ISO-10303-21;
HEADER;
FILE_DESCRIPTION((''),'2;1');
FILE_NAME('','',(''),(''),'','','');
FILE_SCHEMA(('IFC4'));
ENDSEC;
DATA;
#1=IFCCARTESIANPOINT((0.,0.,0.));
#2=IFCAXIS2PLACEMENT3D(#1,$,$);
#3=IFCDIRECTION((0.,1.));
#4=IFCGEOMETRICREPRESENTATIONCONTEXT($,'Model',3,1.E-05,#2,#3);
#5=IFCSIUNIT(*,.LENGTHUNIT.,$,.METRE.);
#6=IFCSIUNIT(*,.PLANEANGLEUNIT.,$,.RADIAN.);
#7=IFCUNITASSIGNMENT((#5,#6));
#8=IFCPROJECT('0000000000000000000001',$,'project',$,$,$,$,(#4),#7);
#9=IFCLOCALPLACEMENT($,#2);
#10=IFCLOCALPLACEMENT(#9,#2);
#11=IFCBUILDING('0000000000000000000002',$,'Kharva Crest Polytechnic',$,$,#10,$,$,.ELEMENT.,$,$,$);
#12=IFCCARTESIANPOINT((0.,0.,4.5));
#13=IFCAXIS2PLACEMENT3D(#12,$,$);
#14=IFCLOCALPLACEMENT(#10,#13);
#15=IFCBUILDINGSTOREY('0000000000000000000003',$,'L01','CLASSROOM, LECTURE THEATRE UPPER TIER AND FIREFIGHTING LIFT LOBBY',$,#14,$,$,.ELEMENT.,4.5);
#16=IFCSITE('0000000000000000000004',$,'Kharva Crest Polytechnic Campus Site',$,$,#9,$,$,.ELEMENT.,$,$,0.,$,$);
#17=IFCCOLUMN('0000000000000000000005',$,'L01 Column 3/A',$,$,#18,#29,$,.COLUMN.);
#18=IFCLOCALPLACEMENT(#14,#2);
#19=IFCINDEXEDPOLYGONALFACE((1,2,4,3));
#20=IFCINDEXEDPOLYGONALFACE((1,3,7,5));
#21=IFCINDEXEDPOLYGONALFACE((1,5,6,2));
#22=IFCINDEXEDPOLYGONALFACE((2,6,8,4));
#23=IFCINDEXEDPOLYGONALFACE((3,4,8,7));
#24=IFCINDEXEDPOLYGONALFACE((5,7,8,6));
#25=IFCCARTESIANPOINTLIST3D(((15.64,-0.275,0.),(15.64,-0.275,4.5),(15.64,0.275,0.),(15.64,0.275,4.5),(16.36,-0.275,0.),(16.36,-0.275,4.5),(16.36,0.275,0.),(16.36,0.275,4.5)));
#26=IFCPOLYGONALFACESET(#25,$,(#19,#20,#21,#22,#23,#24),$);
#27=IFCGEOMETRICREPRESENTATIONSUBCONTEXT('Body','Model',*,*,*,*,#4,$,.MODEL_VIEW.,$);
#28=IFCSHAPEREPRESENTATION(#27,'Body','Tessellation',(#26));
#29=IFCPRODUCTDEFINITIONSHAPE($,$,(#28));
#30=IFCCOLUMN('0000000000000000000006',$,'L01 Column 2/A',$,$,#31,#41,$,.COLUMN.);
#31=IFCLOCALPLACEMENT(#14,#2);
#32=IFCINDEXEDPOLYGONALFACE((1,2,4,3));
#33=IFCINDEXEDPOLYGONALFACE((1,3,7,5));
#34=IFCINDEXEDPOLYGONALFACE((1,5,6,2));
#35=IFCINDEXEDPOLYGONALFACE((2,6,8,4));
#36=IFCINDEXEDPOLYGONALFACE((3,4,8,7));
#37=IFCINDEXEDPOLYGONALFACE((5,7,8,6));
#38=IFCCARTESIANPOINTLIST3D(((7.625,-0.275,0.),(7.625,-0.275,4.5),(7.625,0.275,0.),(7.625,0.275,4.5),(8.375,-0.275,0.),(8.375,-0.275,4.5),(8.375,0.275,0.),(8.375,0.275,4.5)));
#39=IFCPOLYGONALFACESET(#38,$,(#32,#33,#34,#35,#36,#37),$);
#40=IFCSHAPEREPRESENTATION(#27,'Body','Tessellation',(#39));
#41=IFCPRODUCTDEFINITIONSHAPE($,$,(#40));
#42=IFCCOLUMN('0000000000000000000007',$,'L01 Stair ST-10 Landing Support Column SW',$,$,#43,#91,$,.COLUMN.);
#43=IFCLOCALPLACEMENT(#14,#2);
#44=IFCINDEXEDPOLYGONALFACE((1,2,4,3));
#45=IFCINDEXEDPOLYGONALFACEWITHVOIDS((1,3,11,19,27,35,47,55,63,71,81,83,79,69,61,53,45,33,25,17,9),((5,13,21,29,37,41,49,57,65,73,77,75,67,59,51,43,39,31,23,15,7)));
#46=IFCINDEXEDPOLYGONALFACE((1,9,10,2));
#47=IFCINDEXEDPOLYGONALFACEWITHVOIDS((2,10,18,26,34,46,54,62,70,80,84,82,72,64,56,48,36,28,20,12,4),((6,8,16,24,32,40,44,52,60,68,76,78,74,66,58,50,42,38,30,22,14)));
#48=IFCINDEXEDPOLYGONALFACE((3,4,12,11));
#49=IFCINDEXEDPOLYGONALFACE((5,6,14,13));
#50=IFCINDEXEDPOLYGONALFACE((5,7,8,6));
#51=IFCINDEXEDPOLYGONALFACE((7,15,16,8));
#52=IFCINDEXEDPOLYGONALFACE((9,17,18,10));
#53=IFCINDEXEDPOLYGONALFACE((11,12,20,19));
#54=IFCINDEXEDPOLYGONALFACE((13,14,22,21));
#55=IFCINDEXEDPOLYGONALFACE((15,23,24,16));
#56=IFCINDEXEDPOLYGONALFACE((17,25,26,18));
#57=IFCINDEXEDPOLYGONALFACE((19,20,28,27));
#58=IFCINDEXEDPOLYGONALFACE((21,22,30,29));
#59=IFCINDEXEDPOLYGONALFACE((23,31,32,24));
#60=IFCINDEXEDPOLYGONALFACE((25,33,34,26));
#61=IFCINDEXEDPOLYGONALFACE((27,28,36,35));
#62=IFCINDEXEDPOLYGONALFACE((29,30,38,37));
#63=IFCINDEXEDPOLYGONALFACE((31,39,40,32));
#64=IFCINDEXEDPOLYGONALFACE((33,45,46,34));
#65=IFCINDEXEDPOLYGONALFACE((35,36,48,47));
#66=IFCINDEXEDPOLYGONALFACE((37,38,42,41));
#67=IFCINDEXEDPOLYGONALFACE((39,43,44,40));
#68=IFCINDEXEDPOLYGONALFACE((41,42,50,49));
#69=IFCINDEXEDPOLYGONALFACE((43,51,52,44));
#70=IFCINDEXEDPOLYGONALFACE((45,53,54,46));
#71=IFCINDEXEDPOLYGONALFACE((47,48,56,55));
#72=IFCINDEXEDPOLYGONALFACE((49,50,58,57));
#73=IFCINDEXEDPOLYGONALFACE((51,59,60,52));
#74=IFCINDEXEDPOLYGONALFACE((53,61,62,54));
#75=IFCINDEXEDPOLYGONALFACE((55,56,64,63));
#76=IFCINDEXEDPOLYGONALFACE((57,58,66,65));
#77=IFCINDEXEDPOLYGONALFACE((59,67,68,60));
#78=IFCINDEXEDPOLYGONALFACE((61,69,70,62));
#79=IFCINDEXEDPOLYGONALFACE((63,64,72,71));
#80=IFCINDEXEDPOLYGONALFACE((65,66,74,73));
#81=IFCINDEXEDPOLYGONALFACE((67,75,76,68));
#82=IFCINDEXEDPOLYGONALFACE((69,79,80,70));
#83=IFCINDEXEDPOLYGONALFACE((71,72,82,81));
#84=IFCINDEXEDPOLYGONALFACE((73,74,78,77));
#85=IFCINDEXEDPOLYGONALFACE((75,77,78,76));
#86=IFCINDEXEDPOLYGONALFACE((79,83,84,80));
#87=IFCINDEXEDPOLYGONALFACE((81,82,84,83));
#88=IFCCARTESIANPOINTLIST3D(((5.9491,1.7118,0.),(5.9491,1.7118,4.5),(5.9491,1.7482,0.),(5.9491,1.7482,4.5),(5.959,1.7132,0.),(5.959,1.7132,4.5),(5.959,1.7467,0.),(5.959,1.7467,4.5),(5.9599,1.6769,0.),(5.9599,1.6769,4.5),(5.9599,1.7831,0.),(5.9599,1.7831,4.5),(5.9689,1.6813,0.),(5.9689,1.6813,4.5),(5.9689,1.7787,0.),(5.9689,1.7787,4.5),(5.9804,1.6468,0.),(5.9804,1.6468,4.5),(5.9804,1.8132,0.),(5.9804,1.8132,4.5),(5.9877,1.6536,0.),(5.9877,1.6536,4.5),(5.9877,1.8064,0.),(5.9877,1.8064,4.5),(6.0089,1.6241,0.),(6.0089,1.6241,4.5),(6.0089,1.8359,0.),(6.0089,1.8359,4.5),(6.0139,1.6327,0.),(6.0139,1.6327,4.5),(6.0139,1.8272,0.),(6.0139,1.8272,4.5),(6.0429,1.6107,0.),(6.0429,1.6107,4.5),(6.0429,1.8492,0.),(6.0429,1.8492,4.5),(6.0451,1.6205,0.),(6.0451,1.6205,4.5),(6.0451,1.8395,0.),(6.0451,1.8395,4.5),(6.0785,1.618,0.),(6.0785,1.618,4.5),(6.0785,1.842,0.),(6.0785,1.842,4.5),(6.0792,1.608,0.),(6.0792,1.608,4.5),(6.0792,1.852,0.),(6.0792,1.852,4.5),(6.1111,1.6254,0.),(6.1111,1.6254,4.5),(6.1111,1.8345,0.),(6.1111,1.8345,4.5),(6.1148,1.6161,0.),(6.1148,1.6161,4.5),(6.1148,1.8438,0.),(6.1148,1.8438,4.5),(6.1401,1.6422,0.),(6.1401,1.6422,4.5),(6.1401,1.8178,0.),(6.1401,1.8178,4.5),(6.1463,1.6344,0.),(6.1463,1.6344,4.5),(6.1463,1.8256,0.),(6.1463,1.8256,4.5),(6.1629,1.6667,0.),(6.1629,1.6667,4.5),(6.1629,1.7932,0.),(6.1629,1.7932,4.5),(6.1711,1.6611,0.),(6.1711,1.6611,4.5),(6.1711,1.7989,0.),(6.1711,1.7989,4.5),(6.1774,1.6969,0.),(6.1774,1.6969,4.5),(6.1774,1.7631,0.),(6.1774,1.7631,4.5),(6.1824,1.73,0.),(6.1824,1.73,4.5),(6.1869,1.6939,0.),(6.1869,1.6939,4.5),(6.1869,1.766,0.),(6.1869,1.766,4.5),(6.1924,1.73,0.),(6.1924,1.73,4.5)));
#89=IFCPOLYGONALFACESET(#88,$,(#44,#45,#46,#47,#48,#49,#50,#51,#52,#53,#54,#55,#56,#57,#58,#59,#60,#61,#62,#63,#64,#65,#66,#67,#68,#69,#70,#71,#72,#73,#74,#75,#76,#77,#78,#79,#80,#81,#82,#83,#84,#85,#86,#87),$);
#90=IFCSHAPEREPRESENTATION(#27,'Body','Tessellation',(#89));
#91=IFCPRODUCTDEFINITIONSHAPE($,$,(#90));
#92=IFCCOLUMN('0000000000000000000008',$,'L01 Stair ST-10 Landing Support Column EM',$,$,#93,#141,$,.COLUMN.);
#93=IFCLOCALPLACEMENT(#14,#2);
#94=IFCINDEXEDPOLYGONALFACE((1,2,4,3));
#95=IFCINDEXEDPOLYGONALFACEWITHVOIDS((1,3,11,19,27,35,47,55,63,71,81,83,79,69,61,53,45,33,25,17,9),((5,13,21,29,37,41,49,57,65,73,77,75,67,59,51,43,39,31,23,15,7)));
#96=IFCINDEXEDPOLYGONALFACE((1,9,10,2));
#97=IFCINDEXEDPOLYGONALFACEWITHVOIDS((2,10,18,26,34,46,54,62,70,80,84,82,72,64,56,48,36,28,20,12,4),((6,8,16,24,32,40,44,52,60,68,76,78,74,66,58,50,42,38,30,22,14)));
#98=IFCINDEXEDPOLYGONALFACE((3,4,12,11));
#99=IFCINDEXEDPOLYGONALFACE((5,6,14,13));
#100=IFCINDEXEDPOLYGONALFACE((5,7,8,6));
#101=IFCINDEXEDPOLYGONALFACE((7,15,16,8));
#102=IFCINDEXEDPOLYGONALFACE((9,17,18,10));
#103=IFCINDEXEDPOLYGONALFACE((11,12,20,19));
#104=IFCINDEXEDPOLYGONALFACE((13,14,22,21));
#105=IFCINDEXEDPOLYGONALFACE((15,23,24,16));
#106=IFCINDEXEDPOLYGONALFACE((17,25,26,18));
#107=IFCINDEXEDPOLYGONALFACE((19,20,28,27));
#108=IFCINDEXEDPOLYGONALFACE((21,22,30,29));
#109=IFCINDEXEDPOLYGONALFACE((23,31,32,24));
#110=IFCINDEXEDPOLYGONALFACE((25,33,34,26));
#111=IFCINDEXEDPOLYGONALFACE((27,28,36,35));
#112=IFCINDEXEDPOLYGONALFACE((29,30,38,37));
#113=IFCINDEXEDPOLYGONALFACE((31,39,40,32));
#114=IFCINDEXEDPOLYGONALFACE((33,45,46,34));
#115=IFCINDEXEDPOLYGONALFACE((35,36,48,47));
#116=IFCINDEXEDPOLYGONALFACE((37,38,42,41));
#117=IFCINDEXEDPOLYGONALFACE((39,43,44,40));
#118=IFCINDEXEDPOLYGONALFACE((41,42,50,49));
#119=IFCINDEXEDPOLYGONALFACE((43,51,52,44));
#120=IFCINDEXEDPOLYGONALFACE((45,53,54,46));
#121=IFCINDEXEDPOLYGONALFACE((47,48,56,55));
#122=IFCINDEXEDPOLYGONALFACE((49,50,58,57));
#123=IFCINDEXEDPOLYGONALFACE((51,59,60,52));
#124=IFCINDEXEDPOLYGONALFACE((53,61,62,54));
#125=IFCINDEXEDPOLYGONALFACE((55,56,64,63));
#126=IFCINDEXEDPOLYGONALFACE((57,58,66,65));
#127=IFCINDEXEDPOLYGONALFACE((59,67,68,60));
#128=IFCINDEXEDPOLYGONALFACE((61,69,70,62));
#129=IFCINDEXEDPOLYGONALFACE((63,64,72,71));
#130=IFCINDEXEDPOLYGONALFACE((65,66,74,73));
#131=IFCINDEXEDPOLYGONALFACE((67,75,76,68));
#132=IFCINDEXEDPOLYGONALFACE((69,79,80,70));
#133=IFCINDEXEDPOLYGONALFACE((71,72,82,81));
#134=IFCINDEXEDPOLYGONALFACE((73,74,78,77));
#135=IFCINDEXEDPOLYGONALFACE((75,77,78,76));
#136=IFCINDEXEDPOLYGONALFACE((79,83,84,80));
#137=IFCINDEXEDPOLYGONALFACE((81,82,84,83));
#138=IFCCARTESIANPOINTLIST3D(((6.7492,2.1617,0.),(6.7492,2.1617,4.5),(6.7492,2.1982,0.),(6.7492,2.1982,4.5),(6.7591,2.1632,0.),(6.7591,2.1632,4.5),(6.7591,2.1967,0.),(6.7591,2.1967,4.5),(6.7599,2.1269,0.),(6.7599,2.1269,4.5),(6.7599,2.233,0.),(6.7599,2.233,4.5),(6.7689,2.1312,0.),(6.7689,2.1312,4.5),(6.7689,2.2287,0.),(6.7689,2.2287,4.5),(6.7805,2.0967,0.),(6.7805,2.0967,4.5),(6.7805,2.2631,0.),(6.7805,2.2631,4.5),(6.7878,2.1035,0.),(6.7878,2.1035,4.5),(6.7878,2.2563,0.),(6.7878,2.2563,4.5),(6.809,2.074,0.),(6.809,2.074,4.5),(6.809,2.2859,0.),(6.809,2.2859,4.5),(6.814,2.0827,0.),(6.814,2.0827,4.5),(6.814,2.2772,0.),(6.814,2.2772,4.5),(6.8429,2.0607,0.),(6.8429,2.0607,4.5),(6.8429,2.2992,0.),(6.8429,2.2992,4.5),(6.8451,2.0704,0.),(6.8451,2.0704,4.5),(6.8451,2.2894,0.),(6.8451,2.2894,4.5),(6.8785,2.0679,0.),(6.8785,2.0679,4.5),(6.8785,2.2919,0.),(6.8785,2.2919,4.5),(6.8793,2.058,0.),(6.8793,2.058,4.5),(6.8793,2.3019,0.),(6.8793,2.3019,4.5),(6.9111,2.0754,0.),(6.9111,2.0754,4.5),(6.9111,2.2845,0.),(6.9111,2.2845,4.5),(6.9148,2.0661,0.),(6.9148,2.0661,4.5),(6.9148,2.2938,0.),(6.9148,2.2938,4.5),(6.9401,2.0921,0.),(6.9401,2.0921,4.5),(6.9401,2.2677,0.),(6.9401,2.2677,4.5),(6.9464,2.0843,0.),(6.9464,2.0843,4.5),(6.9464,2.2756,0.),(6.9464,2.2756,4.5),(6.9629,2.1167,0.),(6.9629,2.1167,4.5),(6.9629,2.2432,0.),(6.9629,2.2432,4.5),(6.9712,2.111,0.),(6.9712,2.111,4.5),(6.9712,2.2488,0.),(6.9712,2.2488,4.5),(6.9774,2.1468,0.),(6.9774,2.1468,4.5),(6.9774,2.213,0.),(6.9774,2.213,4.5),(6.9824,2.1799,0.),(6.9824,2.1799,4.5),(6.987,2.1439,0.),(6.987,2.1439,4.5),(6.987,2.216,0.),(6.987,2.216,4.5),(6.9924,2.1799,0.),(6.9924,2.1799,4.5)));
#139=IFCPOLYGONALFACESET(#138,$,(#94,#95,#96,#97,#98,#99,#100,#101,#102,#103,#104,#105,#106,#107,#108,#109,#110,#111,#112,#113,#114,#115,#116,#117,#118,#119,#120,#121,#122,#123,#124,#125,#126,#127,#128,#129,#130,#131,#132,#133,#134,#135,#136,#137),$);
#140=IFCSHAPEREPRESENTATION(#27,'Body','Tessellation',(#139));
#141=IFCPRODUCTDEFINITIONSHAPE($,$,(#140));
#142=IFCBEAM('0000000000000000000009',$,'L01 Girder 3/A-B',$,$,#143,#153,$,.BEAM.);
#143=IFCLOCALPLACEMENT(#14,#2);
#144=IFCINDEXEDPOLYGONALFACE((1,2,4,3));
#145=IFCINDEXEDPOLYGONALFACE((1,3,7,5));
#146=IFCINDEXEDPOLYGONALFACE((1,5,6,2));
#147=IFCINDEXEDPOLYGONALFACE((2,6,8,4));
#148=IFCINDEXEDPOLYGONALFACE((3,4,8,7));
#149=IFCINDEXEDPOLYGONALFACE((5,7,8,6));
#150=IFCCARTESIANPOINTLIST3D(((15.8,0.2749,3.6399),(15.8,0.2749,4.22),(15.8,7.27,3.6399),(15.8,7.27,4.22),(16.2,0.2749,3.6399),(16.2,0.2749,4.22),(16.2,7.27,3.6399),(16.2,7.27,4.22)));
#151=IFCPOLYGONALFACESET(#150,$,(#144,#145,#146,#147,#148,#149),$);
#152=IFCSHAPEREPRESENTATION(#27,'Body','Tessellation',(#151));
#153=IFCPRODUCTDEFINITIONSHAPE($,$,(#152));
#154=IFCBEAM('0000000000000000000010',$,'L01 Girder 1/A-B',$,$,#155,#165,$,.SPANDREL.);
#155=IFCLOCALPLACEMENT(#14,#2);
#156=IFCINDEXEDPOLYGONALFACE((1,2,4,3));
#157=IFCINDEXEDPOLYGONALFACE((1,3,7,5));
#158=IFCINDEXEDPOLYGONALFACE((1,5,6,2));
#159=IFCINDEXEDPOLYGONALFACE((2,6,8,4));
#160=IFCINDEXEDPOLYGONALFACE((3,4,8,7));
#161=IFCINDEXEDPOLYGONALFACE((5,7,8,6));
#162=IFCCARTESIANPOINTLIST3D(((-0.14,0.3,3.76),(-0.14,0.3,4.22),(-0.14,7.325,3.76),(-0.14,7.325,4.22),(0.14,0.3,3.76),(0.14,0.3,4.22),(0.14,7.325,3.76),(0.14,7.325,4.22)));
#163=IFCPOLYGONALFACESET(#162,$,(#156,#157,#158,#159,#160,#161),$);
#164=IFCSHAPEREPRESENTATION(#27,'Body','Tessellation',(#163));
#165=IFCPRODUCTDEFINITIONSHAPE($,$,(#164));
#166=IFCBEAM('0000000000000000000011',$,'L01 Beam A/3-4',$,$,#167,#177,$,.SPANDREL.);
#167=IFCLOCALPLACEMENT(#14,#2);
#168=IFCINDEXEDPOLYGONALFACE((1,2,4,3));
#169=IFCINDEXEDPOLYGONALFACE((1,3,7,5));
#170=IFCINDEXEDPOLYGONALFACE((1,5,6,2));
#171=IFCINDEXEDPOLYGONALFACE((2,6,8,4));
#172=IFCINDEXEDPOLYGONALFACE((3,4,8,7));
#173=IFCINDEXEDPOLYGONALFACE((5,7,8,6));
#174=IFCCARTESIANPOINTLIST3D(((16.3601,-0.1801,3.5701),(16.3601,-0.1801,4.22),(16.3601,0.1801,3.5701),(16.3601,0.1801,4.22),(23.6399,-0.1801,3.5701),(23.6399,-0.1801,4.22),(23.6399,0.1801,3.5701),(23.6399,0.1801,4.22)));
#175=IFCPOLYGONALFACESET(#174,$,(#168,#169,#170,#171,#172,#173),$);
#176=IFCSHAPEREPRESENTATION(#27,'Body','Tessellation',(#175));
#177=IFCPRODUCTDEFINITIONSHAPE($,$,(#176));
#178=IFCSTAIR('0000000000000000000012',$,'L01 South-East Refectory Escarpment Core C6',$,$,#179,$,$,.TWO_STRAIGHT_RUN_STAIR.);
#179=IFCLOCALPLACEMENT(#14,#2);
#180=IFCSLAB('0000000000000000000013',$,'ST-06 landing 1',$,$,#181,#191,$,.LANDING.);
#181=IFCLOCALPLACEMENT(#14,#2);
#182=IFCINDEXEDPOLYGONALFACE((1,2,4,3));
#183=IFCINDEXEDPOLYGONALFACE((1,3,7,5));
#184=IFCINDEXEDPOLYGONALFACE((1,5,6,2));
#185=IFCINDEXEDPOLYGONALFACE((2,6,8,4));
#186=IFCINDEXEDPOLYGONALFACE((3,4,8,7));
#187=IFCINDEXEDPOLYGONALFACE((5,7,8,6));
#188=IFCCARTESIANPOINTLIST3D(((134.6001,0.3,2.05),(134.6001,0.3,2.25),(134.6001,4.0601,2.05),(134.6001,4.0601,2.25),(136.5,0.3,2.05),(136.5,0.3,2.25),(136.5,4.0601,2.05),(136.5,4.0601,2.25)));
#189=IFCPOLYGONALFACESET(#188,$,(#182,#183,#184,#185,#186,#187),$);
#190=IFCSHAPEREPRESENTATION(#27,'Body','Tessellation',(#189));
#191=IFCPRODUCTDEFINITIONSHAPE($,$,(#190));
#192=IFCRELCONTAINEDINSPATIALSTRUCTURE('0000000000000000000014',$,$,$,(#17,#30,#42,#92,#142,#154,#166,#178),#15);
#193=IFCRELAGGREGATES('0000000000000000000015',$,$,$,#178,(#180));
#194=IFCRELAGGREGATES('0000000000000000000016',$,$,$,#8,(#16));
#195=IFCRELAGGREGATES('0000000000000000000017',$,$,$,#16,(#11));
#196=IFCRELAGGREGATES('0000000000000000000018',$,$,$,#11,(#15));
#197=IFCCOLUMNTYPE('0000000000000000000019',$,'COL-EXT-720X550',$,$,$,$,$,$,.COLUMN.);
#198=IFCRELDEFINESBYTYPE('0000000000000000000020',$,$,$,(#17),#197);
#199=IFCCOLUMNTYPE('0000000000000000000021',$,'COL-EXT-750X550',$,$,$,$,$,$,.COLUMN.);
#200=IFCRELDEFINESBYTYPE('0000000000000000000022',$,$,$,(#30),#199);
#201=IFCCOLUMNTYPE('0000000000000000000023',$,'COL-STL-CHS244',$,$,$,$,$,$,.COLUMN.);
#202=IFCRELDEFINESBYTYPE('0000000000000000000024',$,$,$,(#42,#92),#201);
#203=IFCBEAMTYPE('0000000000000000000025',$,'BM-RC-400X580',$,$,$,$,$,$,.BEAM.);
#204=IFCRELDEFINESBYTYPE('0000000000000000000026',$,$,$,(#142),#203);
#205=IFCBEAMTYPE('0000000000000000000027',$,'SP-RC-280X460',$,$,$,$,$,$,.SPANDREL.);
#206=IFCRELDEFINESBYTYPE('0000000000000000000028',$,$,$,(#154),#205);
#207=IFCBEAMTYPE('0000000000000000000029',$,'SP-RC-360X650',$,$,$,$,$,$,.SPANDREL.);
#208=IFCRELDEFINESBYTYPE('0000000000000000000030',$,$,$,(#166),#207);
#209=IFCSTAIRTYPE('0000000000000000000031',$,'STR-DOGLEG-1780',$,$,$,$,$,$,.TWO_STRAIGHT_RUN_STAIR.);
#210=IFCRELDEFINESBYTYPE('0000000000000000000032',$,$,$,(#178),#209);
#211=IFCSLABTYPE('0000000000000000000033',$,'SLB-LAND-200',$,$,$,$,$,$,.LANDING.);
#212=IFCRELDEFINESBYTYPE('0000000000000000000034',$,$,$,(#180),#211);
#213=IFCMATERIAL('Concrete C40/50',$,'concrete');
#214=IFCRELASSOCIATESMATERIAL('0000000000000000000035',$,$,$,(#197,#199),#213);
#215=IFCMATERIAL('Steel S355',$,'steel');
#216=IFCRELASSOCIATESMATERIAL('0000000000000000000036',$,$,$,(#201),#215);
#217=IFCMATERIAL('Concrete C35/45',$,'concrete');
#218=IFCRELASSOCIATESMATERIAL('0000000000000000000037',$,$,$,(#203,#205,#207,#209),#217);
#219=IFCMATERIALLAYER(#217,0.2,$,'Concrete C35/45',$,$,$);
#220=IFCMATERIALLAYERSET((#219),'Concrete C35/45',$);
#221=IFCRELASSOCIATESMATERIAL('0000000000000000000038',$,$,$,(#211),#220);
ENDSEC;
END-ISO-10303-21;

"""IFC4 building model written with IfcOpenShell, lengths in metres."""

from ifc_helpers import new_model, si_unit, direction, frame, origin, origin_2d, place, context, subcontext, project, spatial, polyline, rectangle, hollow_circle, outline, extrude, material, layer, layer_set, material_profile, profile_set, type_object, element, aggregate, save


model = new_model("IFC4")

# Units and contexts
model_context = context("Model", 3, precision=1e-05, world=origin(), true_north=direction((0.0, 1.0)))
body_context = subcontext(model_context, "Body", "Model", "MODEL_VIEW")
ifc_project = project(units=[si_unit("LENGTHUNIT", "METRE"), si_unit("PLANEANGLEUNIT", "RADIAN")], contexts=[model_context])

# Site, building, storey
site_placement = place(None, origin())
site = spatial("IfcSite", under=ifc_project, at=site_placement, Name="Kharva Crest Polytechnic Campus Site", CompositionType="ELEMENT", RefElevation=0.0)
building_placement = place(site_placement, origin())
building = spatial("IfcBuilding", under=site, at=building_placement, Name="Kharva Crest Polytechnic", CompositionType="ELEMENT")
storey_placement = place(building_placement, frame((0.0, 0.0, 4.5)))
storey = spatial("IfcBuildingStorey", under=building, at=storey_placement, Name="L01", Description="CLASSROOM, LECTURE THEATRE UPPER TIER AND FIREFIGHTING LIFT LOBBY", CompositionType="ELEMENT", Elevation=4.5)

# Columns
ifc_material_1 = material(Name="Concrete C40/50", Category="concrete")
ifc_material_profile_1 = material_profile(ifc_material_1, rectangle(XDim=0.72, YDim=0.55, at=origin_2d()), Name="RECT 720 X 550")
ifc_profile_set_1 = profile_set([ifc_material_profile_1], Name="Concrete C40/50")
column_type_1 = type_object("IfcColumnType", Name="COL-EXT-720X550", PredefinedType="COLUMN", material=ifc_profile_set_1)
column_1_placement = place(storey_placement, frame((16.0, 0.0, 0.0), z_axis=(0.0, 0.0, 1.0), x_axis=(1.0, 0.0, 0.0)))
element("IfcColumn", 1, at=column_1_placement, inside=storey, type_object=column_type_1, Name="L01 Column 3/A", PredefinedType="COLUMN", context=body_context, shape_type="SweptSolid", body=[
    extrude(rectangle(XDim=0.72, YDim=0.55, at=origin_2d()), origin(), (0.0, 0.0, 1.0), 4.5),
])
ifc_material_profile_2 = material_profile(ifc_material_1, rectangle(XDim=0.75, YDim=0.55, at=origin_2d()), Name="RECT 750 X 550")
ifc_profile_set_2 = profile_set([ifc_material_profile_2], Name="Concrete C40/50")
column_type_2 = type_object("IfcColumnType", Name="COL-EXT-750X550", PredefinedType="COLUMN", material=ifc_profile_set_2)
column_2_placement = place(storey_placement, frame((8.0, 0.0, 0.0), z_axis=(0.0, 0.0, 1.0), x_axis=(1.0, 0.0, 0.0)))
element("IfcColumn", 2, at=column_2_placement, inside=storey, type_object=column_type_2, Name="L01 Column 2/A", PredefinedType="COLUMN", context=body_context, shape_type="SweptSolid", body=[
    extrude(rectangle(XDim=0.75, YDim=0.55, at=origin_2d()), origin(), (0.0, 0.0, 1.0), 4.5),
])
ifc_material_2 = material(Name="Steel S355", Category="steel")
ifc_material_profile_3 = material_profile(ifc_material_2, hollow_circle(Radius=0.1223, WallThickness=0.01, at=origin_2d()), Name="CHS 244.5X10.0")
ifc_profile_set_3 = profile_set([ifc_material_profile_3], Name="Steel S355")
column_type_3 = type_object("IfcColumnType", Name="COL-STL-CHS244", PredefinedType="COLUMN", material=ifc_profile_set_3)
for number, where, z_axis, x_axis, name in (
    (3, (6.0701, 1.73, 0.0), (0.0, 0.0, 1.0), (1.0, 0.0, 0.0), "L01 Stair ST-10 Landing Support Column SW"),
    (4, (6.8701, 2.1799, 0.0), (0.0, 0.0, 1.0), (1.0, 0.0, 0.0), "L01 Stair ST-10 Landing Support Column EM"),
):
    element("IfcColumn", number, at=place(storey_placement, frame(where, z_axis=z_axis, x_axis=x_axis)), inside=storey, type_object=column_type_3, Name=name, PredefinedType="COLUMN", context=body_context, shape_type="SweptSolid", body=[
        extrude(hollow_circle(Radius=0.1223, WallThickness=0.01, at=origin_2d()), origin(), (0.0, 0.0, 1.0), 4.5),
    ])

# Beams
ifc_material_3 = material(Name="Concrete C35/45", Category="concrete")
ifc_material_profile_4 = material_profile(ifc_material_3, rectangle(XDim=0.3999, YDim=0.5801, at=origin_2d()), Name="RECT 400 X 580")
ifc_profile_set_4 = profile_set([ifc_material_profile_4], Name="Concrete C35/45")
beam_type_1 = type_object("IfcBeamType", Name="BM-RC-400X580", PredefinedType="BEAM", material=ifc_profile_set_4)
beam_1_placement = place(storey_placement, frame((16.0, 0.2749, 3.9299), z_axis=(0.0, 1.0, 0.0), x_axis=(-1.0, 0.0, 0.0)))
element("IfcBeam", 5, at=beam_1_placement, inside=storey, type_object=beam_type_1, Name="L01 Girder 3/A-B", PredefinedType="BEAM", context=body_context, shape_type="SweptSolid", body=[
    extrude(rectangle(XDim=0.3999, YDim=0.5801, at=origin_2d()), origin(), (0.0, 0.0, 1.0), 6.9951),
])
ifc_material_profile_5 = material_profile(ifc_material_3, rectangle(XDim=0.28, YDim=0.46, at=origin_2d()), Name="RECT 280 X 460")
ifc_profile_set_5 = profile_set([ifc_material_profile_5], Name="Concrete C35/45")
beam_type_2 = type_object("IfcBeamType", Name="SP-RC-280X460", PredefinedType="SPANDREL", material=ifc_profile_set_5)
beam_2_placement = place(storey_placement, frame((0.0, 0.3, 3.99), z_axis=(0.0, 1.0, 0.0), x_axis=(-1.0, 0.0, 0.0)))
element("IfcBeam", 6, at=beam_2_placement, inside=storey, type_object=beam_type_2, Name="L01 Girder 1/A-B", PredefinedType="SPANDREL", context=body_context, shape_type="SweptSolid", body=[
    extrude(rectangle(XDim=0.28, YDim=0.46, at=origin_2d()), origin(), (0.0, 0.0, 1.0), 7.0249),
])
ifc_material_profile_6 = material_profile(ifc_material_3, rectangle(XDim=0.3601, YDim=0.6499, at=origin_2d()), Name="RECT 360 X 650")
ifc_profile_set_6 = profile_set([ifc_material_profile_6], Name="Concrete C35/45")
beam_type_3 = type_object("IfcBeamType", Name="SP-RC-360X650", PredefinedType="SPANDREL", material=ifc_profile_set_6)
beam_3_placement = place(storey_placement, frame((16.3601, 0.0, 3.895), z_axis=(1.0, 0.0, 0.0), x_axis=(0.0, 1.0, 0.0)))
element("IfcBeam", 7, at=beam_3_placement, inside=storey, type_object=beam_type_3, Name="L01 Beam A/3-4", PredefinedType="SPANDREL", context=body_context, shape_type="SweptSolid", body=[
    extrude(rectangle(XDim=0.3601, YDim=0.6499, at=origin_2d()), origin(), (0.0, 0.0, 1.0), 7.2798),
])

# Stair, slab
stair_type_1 = type_object("IfcStairType", Name="STR-DOGLEG-1780", PredefinedType="TWO_STRAIGHT_RUN_STAIR", material=ifc_material_3)
stair_1_placement = place(storey_placement, origin())
stair_1 = element("IfcStair", 8, at=stair_1_placement, inside=storey, type_object=stair_type_1, Name="L01 South-East Refectory Escarpment Core C6", PredefinedType="TWO_STRAIGHT_RUN_STAIR")
ifc_layer_1 = layer(ifc_material_3, 0.2, Name="Concrete C35/45")
ifc_layer_set_1 = layer_set([ifc_layer_1], Name="Concrete C35/45")
slab_type = type_object("IfcSlabType", Name="SLB-LAND-200", PredefinedType="LANDING", material=ifc_layer_set_1)
slab_1_placement = place(storey_placement, frame((0.0, 0.0, 2.05)))
slab_1 = element("IfcSlab", 9, at=slab_1_placement, type_object=slab_type, Name="ST-06 landing 1", PredefinedType="LANDING", context=body_context, shape_type="SweptSolid", body=[
    extrude(outline(polyline([(134.6001, 0.3), (136.5, 0.3), (136.5, 4.0601), (134.6001, 4.0601), (134.6001, 0.3)])), origin(), (0.0, 0.0, 1.0), 0.2),
])
aggregate(stair_1, [slab_1])

save(model, "model.ifc")
